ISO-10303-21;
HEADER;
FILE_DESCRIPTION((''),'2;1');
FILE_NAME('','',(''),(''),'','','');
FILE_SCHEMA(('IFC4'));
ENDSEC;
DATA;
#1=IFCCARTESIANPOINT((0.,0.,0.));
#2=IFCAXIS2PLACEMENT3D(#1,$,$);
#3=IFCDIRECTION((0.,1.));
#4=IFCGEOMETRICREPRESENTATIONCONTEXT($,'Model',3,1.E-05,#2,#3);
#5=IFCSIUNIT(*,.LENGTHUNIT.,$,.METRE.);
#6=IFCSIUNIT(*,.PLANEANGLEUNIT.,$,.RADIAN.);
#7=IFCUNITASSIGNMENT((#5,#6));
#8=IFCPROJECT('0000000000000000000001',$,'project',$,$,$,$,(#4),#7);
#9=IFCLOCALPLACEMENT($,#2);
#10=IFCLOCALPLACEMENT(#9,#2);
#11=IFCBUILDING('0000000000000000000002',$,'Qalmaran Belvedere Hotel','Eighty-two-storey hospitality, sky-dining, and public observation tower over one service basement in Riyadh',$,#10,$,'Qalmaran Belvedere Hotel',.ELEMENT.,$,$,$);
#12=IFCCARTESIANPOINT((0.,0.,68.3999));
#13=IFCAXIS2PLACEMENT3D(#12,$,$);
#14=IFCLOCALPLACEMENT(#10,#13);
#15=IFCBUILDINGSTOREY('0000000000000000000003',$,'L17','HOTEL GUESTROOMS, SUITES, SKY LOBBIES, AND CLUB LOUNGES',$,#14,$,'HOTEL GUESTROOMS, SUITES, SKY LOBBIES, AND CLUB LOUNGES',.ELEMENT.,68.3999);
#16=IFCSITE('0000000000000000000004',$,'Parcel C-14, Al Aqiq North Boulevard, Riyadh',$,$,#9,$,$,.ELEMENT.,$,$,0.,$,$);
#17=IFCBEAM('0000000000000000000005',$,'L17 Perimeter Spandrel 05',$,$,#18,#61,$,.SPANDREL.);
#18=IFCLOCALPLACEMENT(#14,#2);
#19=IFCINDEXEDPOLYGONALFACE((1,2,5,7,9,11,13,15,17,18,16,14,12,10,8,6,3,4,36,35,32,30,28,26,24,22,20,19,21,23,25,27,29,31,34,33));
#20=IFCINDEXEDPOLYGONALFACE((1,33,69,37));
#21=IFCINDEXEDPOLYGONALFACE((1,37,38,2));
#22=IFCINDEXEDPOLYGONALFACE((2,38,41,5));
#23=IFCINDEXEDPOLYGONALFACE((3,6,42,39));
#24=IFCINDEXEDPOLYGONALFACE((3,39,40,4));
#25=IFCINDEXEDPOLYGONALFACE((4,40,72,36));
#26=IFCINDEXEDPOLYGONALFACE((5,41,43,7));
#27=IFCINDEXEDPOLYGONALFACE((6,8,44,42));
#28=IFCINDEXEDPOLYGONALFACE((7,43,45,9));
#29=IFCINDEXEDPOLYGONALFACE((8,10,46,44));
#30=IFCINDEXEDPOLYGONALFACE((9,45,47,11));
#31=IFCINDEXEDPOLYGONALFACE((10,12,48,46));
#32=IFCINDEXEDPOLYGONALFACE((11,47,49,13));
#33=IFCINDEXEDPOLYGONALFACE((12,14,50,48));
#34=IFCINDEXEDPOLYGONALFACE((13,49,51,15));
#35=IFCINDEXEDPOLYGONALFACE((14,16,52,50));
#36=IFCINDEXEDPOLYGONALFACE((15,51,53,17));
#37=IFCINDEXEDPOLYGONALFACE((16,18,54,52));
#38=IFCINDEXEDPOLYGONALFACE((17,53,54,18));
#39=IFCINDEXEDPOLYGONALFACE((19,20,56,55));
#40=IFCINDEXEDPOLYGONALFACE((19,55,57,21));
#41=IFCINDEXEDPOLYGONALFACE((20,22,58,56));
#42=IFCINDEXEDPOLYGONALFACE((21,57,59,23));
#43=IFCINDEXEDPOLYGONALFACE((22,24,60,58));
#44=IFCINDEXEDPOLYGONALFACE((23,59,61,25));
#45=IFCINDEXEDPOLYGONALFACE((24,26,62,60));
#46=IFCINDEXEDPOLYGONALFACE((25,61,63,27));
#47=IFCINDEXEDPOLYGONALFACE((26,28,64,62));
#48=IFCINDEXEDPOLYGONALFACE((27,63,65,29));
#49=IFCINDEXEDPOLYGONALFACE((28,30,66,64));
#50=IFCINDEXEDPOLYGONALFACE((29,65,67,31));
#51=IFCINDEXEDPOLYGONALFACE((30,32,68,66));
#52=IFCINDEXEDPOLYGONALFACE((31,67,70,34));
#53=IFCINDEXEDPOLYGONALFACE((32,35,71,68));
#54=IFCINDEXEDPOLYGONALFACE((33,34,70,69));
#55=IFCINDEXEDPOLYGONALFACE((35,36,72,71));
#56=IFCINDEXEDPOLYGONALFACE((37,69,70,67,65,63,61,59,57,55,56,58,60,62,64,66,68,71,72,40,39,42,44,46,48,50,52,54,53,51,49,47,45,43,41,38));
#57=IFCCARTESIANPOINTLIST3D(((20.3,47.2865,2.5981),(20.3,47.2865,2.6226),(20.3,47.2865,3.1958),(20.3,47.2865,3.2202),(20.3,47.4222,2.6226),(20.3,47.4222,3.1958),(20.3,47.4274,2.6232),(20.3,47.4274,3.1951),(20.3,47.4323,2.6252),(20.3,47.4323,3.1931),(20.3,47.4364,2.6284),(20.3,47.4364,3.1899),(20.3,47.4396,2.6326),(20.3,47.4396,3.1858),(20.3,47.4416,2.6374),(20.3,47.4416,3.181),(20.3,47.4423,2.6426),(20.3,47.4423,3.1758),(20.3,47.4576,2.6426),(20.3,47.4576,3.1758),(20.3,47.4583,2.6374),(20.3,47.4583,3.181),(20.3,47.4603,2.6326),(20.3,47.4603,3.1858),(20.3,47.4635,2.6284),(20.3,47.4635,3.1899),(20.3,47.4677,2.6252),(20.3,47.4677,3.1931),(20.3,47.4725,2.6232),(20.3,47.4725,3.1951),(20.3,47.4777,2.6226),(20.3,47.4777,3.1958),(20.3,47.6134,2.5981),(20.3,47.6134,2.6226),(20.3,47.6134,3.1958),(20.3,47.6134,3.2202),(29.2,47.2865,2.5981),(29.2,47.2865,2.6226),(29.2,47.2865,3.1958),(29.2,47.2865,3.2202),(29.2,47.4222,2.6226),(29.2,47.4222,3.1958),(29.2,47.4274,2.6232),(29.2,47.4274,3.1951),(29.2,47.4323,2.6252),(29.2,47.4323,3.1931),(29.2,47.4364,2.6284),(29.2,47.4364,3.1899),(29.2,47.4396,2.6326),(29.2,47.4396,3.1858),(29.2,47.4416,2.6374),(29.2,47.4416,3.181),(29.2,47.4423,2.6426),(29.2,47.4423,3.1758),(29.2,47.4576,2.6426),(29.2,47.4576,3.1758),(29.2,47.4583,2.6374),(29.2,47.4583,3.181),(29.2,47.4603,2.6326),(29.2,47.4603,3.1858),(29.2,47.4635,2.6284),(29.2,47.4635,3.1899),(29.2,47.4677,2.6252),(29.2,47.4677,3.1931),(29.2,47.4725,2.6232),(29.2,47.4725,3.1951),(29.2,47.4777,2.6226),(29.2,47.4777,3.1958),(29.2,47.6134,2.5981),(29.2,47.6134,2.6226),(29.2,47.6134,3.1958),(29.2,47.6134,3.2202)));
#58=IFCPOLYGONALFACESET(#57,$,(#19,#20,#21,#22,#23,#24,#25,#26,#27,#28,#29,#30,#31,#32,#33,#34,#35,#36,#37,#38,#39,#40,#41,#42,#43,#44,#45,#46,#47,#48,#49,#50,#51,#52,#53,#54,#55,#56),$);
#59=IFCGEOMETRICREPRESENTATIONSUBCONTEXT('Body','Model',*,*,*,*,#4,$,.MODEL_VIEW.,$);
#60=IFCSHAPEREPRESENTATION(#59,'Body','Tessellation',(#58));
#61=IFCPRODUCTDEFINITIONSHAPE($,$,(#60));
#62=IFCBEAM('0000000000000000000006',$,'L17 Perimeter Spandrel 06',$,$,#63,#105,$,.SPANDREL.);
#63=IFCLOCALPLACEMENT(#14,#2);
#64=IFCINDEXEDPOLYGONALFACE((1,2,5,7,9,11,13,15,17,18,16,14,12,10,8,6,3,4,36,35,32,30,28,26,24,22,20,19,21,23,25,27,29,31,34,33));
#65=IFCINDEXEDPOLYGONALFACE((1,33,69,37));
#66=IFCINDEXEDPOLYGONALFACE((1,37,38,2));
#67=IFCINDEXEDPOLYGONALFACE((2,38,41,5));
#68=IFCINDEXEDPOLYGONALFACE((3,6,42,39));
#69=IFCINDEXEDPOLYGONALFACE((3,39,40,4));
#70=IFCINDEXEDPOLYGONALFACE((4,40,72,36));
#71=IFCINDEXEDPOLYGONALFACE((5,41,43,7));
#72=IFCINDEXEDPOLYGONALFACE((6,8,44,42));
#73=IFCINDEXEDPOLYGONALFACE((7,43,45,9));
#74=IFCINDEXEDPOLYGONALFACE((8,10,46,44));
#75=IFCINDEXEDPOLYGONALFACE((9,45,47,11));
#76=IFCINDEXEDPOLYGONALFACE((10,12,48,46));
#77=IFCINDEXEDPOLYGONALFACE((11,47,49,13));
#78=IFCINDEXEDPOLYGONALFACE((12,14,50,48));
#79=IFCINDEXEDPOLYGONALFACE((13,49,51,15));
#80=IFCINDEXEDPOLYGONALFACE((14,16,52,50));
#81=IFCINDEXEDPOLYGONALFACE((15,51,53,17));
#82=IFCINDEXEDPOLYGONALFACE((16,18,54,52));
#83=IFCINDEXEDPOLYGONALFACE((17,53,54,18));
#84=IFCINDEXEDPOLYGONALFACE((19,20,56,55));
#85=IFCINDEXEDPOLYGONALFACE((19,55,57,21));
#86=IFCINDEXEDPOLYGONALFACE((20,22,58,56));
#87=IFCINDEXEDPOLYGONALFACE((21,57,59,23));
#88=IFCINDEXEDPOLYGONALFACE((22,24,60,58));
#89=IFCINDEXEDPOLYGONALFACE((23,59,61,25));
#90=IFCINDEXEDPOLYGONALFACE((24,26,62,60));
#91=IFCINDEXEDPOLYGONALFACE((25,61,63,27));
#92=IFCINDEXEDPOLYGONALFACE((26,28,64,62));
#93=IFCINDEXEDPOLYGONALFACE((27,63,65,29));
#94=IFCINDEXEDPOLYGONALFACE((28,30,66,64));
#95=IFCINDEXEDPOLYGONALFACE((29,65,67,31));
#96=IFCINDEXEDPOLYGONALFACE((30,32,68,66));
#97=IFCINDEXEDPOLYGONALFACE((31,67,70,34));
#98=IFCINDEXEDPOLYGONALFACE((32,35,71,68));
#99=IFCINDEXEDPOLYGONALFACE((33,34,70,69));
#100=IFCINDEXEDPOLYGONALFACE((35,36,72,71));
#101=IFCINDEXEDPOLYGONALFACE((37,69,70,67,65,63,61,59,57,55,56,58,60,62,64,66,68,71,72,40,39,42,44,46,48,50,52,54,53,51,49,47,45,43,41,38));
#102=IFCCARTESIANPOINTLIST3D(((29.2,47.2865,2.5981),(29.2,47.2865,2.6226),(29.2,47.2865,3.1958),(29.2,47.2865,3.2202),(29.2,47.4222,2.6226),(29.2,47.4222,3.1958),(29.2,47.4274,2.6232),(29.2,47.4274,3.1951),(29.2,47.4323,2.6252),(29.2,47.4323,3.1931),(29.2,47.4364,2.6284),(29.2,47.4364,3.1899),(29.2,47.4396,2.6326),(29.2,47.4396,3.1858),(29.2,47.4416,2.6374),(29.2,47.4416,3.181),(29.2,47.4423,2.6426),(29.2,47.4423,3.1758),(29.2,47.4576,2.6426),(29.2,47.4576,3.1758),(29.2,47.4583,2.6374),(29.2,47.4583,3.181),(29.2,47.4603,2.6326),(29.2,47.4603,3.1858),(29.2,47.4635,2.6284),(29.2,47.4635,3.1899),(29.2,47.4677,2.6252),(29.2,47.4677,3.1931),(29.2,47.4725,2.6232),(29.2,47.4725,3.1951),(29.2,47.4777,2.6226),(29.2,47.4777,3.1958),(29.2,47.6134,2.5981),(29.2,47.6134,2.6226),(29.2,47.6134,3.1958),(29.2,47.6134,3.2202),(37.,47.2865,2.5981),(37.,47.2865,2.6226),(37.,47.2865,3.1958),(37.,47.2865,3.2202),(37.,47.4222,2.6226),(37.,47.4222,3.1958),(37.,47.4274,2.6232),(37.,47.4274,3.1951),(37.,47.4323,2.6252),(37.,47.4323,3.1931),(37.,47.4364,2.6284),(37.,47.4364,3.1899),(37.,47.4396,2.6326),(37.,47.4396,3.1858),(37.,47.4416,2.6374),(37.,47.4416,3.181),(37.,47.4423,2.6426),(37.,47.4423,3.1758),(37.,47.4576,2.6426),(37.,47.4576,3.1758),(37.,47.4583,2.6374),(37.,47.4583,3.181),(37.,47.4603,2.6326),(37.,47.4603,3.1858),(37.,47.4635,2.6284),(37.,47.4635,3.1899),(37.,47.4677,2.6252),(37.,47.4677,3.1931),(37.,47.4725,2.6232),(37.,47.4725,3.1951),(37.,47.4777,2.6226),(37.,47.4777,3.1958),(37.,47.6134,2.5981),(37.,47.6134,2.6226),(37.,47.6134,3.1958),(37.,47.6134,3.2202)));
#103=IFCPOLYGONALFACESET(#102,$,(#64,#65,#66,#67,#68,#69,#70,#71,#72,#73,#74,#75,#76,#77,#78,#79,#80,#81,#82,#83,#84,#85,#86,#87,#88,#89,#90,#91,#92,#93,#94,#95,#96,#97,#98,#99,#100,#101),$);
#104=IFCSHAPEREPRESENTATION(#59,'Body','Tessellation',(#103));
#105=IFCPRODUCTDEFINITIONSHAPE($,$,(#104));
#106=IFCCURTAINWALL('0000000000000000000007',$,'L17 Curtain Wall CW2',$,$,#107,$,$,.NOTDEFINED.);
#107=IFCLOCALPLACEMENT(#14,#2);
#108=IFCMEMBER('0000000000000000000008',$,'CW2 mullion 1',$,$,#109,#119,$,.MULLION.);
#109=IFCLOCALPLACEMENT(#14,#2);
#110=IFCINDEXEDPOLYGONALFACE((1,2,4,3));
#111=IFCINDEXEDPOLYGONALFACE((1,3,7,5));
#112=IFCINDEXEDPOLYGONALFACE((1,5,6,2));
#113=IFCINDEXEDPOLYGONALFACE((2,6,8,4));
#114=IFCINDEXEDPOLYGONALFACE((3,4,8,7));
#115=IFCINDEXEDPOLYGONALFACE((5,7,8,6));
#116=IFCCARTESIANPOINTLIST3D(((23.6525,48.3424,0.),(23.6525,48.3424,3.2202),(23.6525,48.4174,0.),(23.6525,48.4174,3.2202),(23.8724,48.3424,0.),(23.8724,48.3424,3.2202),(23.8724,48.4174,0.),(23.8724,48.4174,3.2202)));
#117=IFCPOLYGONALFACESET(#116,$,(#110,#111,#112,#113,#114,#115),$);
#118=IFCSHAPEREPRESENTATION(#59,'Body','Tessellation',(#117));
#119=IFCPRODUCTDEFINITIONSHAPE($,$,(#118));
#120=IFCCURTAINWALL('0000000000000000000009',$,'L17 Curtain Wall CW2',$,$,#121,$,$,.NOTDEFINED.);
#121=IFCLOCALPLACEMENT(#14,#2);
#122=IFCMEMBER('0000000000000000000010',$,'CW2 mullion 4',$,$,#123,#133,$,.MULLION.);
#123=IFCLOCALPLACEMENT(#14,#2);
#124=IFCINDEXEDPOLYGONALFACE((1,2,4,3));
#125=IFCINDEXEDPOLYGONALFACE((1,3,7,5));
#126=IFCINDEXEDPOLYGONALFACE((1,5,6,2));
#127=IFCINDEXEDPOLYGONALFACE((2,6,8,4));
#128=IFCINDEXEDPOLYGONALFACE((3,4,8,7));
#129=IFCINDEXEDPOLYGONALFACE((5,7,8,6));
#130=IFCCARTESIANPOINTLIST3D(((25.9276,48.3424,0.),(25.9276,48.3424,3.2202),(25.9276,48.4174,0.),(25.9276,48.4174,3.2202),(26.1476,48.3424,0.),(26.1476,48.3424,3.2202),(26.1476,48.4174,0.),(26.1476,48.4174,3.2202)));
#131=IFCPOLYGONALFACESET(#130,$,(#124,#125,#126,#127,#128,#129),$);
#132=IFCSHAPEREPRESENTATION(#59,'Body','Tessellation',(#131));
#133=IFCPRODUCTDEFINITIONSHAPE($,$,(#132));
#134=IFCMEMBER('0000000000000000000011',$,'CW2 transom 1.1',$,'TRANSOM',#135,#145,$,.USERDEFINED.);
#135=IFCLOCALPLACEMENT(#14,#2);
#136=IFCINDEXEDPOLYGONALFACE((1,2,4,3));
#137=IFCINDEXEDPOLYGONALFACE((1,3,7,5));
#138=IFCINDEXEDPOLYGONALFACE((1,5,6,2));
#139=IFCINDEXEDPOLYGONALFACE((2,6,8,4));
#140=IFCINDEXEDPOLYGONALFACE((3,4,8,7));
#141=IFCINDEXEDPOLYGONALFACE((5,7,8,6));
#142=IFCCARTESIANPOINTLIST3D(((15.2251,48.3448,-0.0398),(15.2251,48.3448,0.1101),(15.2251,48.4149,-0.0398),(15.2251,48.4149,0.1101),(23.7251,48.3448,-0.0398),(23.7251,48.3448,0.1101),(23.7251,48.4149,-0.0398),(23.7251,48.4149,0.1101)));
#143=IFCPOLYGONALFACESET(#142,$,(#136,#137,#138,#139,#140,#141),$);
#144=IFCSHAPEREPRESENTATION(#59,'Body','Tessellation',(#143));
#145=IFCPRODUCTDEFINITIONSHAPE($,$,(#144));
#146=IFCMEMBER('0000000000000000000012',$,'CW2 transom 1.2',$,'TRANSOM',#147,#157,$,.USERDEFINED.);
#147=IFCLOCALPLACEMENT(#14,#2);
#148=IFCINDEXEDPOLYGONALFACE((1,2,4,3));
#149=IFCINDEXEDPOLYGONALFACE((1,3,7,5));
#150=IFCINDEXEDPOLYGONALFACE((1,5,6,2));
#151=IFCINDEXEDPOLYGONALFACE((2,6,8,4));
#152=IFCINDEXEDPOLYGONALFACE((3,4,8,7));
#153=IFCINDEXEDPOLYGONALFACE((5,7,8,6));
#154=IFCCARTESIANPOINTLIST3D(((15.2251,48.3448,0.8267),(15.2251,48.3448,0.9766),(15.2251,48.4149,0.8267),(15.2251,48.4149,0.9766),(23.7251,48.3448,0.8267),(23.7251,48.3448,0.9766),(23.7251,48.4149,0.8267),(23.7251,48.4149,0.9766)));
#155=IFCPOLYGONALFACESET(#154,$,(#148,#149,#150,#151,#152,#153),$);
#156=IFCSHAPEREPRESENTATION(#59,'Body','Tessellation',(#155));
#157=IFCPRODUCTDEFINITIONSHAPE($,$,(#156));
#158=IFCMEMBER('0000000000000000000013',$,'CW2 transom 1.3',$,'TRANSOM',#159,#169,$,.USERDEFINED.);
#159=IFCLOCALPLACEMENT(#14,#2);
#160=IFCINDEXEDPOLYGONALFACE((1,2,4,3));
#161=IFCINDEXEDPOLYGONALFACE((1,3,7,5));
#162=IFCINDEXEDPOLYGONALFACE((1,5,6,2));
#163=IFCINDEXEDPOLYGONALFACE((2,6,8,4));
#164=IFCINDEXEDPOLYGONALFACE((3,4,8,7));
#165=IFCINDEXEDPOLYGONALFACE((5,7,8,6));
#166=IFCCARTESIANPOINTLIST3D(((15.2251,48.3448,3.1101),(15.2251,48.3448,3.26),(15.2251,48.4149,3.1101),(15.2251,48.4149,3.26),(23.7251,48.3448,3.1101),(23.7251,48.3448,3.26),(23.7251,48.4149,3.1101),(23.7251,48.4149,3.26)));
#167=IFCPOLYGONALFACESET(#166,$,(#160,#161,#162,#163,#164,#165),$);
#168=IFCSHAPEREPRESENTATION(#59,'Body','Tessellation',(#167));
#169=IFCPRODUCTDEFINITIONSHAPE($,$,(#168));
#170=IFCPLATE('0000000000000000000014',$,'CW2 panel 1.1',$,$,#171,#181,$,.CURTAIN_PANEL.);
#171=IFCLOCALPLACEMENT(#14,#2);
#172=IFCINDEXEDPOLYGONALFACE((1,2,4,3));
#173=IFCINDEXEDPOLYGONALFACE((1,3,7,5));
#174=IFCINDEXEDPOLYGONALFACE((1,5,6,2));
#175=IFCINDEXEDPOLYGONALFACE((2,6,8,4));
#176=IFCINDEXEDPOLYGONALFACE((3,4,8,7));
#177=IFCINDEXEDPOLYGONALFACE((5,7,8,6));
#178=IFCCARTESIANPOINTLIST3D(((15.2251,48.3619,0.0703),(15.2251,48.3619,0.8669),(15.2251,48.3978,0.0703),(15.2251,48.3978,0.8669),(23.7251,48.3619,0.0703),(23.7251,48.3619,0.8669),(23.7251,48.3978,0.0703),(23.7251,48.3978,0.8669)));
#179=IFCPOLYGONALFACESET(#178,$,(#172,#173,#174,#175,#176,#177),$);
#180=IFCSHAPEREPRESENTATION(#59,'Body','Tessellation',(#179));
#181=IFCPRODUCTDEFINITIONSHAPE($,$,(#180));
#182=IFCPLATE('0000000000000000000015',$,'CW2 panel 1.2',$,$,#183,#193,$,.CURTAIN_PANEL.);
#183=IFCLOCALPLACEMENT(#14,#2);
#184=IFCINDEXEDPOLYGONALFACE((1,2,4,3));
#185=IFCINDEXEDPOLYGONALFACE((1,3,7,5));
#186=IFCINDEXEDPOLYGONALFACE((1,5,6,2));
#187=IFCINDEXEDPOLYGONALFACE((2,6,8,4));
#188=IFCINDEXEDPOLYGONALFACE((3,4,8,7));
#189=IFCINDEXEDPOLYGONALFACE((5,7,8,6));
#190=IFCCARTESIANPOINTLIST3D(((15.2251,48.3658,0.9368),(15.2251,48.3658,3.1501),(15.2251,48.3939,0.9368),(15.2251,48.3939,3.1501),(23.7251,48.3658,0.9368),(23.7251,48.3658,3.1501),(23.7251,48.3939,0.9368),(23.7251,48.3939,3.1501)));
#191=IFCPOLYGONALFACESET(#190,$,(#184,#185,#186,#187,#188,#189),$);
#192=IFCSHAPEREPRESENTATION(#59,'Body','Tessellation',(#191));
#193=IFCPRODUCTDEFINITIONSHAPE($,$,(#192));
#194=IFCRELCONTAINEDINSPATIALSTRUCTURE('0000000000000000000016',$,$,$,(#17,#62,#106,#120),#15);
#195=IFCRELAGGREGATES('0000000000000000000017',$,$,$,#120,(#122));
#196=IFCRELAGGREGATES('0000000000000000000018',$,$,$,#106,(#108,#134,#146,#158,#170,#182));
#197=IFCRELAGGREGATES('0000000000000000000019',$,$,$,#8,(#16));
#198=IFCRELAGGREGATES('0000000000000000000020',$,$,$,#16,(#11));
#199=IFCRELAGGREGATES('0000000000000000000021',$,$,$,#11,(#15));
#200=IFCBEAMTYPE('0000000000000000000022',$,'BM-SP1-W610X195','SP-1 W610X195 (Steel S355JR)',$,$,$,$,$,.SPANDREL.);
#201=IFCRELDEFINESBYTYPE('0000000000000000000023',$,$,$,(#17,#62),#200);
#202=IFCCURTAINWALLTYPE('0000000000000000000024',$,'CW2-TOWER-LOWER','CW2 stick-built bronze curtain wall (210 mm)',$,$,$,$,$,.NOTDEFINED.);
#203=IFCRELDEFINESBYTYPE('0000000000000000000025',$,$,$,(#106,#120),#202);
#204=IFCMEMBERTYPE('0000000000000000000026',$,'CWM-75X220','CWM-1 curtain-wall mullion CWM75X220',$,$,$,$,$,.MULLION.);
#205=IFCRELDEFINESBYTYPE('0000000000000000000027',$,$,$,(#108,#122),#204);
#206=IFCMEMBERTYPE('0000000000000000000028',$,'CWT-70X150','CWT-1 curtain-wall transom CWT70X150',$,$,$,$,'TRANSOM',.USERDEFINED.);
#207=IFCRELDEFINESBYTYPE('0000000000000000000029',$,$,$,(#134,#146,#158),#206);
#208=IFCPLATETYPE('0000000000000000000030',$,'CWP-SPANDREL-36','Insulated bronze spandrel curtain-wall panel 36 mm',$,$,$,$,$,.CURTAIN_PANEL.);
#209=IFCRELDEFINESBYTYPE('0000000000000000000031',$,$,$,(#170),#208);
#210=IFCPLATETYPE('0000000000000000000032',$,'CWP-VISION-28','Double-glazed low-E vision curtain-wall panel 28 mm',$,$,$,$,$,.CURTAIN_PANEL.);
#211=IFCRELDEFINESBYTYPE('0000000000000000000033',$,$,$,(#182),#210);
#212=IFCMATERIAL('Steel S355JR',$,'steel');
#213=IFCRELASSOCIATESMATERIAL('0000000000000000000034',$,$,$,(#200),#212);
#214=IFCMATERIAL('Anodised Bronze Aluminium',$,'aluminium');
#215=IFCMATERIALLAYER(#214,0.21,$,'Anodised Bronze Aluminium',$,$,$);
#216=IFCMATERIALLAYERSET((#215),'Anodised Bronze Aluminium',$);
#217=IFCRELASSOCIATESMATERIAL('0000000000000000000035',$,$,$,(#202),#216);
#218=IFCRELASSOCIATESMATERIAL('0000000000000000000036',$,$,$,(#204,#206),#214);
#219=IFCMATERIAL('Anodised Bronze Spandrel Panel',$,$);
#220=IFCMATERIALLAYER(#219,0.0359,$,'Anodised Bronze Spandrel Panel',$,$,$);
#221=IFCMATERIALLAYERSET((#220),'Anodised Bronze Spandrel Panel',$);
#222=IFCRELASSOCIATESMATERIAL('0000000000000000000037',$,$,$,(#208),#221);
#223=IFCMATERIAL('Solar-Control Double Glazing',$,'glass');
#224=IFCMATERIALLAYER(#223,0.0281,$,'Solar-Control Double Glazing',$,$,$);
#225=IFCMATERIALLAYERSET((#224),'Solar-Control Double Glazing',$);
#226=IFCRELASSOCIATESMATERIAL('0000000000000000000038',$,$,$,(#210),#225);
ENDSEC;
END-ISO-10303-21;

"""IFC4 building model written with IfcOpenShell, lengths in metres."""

from ifc_helpers import new_model, si_unit, direction, frame, origin, origin_2d, place, context, subcontext, project, spatial, rectangle, i_section, extrude, material, layer, layer_set, material_profile, profile_set, type_object, element, aggregate, save


model = new_model("IFC4")

# Units and contexts
model_context = context("Model", 3, precision=1e-05, world=origin(), true_north=direction((0.0, 1.0)))
body_context = subcontext(model_context, "Body", "Model", "MODEL_VIEW")
ifc_project = project(units=[si_unit("LENGTHUNIT", "METRE"), si_unit("PLANEANGLEUNIT", "RADIAN")], contexts=[model_context])

# Site, building, storey
site_placement = place(None, origin())
site = spatial("IfcSite", under=ifc_project, at=site_placement, Name="Parcel C-14, Al Aqiq North Boulevard, Riyadh", CompositionType="ELEMENT", RefElevation=0.0)
building_placement = place(site_placement, origin())
building = spatial("IfcBuilding", under=site, at=building_placement, Name="Qalmaran Belvedere Hotel", Description="Eighty-two-storey hospitality, sky-dining, and public observation tower over one service basement in Riyadh", LongName="Qalmaran Belvedere Hotel", CompositionType="ELEMENT")
storey_placement = place(building_placement, frame((0.0, 0.0, 68.3999)))
storey = spatial("IfcBuildingStorey", under=building, at=storey_placement, Name="L17", Description="HOTEL GUESTROOMS, SUITES, SKY LOBBIES, AND CLUB LOUNGES", LongName="HOTEL GUESTROOMS, SUITES, SKY LOBBIES, AND CLUB LOUNGES", CompositionType="ELEMENT", Elevation=68.3999)

# Beams
ifc_material_1 = material(Name="Steel S355JR", Category="steel")
ifc_material_profile_1 = material_profile(ifc_material_1, i_section(OverallWidth=0.3269, OverallDepth=0.6221, WebThickness=0.0154, FlangeThickness=0.0244, FilletRadius=0.02, at=origin_2d()), Name="W610X195")
ifc_profile_set_1 = profile_set([ifc_material_profile_1], Name="Steel S355JR")
beam_type_1 = type_object("IfcBeamType", Name="BM-SP1-W610X195", Description="SP-1 W610X195 (Steel S355JR)", PredefinedType="SPANDREL", material=ifc_profile_set_1)
beam_1_placement = place(storey_placement, frame((20.3, 47.45, 2.9092), z_axis=(1.0, 0.0, 0.0), x_axis=(0.0, 1.0, 0.0)))
element("IfcBeam", 1, at=beam_1_placement, inside=storey, type_object=beam_type_1, Name="L17 Perimeter Spandrel 05", PredefinedType="SPANDREL", context=body_context, shape_type="SweptSolid", body=[
    extrude(i_section(OverallWidth=0.3269, OverallDepth=0.6221, WebThickness=0.0154, FlangeThickness=0.0244, FilletRadius=0.02, at=origin_2d()), origin(), (0.0, 0.0, 1.0), 8.8999),
])
beam_2_placement = place(storey_placement, frame((29.2, 47.45, 2.9092), z_axis=(1.0, 0.0, 0.0), x_axis=(0.0, 1.0, 0.0)))
element("IfcBeam", 2, at=beam_2_placement, inside=storey, type_object=beam_type_1, Name="L17 Perimeter Spandrel 06", PredefinedType="SPANDREL", context=body_context, shape_type="SweptSolid", body=[
    extrude(i_section(OverallWidth=0.3269, OverallDepth=0.6221, WebThickness=0.0154, FlangeThickness=0.0244, FilletRadius=0.02, at=origin_2d()), origin(), (0.0, 0.0, 1.0), 7.8),
])

# Curtain walls, members
ifc_material_2 = material(Name="Anodised Bronze Aluminium", Category="aluminium")
ifc_layer_1 = layer(ifc_material_2, 0.21, Name="Anodised Bronze Aluminium")
ifc_layer_set_1 = layer_set([ifc_layer_1], Name="Anodised Bronze Aluminium")
curtain_wall_type = type_object("IfcCurtainWallType", Name="CW2-TOWER-LOWER", Description="CW2 stick-built bronze curtain wall (210 mm)", PredefinedType="NOTDEFINED", material=ifc_layer_set_1)
curtain_wall_1_placement = place(storey_placement, origin())
curtain_wall_1 = element("IfcCurtainWall", 3, at=curtain_wall_1_placement, inside=storey, type_object=curtain_wall_type, Name="L17 Curtain Wall CW2", PredefinedType="NOTDEFINED")
ifc_material_profile_2 = material_profile(ifc_material_2, rectangle(XDim=0.075, YDim=0.22, at=origin_2d()), Name="CWM75X220")
ifc_profile_set_2 = profile_set([ifc_material_profile_2], Name="Anodised Bronze Aluminium")
member_type_1 = type_object("IfcMemberType", Name="CWM-75X220", Description="CWM-1 curtain-wall mullion CWM75X220", PredefinedType="MULLION", material=ifc_profile_set_2)
member_1_placement = place(storey_placement, frame((23.7625, 48.3799, 0.0), z_axis=(0.0, 0.0, 1.0), x_axis=(0.0, -1.0, 0.0)))
member_1 = element("IfcMember", 4, at=member_1_placement, type_object=member_type_1, Name="CW2 mullion 1", PredefinedType="MULLION", context=body_context, shape_type="SweptSolid", body=[
    extrude(rectangle(XDim=0.075, YDim=0.22, at=origin_2d()), origin(), (0.0, 0.0, 1.0), 3.2202),
])
curtain_wall_2_placement = place(storey_placement, origin())
curtain_wall_2 = element("IfcCurtainWall", 5, at=curtain_wall_2_placement, inside=storey, type_object=curtain_wall_type, Name="L17 Curtain Wall CW2", PredefinedType="NOTDEFINED")
member_2_placement = place(storey_placement, frame((26.0376, 48.3799, 0.0), z_axis=(0.0, 0.0, 1.0), x_axis=(0.0, -1.0, 0.0)))
member_2 = element("IfcMember", 6, at=member_2_placement, type_object=member_type_1, Name="CW2 mullion 4", PredefinedType="MULLION", context=body_context, shape_type="SweptSolid", body=[
    extrude(rectangle(XDim=0.075, YDim=0.22, at=origin_2d()), origin(), (0.0, 0.0, 1.0), 3.2202),
])
aggregate(curtain_wall_2, [member_2])

# Members
ifc_material_profile_3 = material_profile(ifc_material_2, rectangle(XDim=0.0701, YDim=0.1499, at=origin_2d()), Name="CWT70X150")
ifc_profile_set_3 = profile_set([ifc_material_profile_3], Name="Anodised Bronze Aluminium")
member_type_2 = type_object("IfcMemberType", Name="CWT-70X150", Description="CWT-1 curtain-wall transom CWT70X150", ElementType="TRANSOM", PredefinedType="USERDEFINED", material=ifc_profile_set_3)
member_3_placement = place(storey_placement, frame((23.7251, 48.3799, 0.0352), z_axis=(-1.0, 0.0, 0.0), x_axis=(0.0, -1.0, 0.0)))
member_3 = element("IfcMember", 7, at=member_3_placement, type_object=member_type_2, Name="CW2 transom 1.1", ObjectType="TRANSOM", PredefinedType="USERDEFINED", context=body_context, shape_type="SweptSolid", body=[
    extrude(rectangle(XDim=0.0701, YDim=0.1499, at=origin_2d()), origin(), (0.0, 0.0, 1.0), 8.5),
])
member_4_placement = place(storey_placement, frame((23.7251, 48.3799, 0.9016), z_axis=(-1.0, 0.0, 0.0), x_axis=(0.0, -1.0, 0.0)))
member_4 = element("IfcMember", 8, at=member_4_placement, type_object=member_type_2, Name="CW2 transom 1.2", ObjectType="TRANSOM", PredefinedType="USERDEFINED", context=body_context, shape_type="SweptSolid", body=[
    extrude(rectangle(XDim=0.0701, YDim=0.1499, at=origin_2d()), origin(), (0.0, 0.0, 1.0), 8.5),
])
member_5_placement = place(storey_placement, frame((23.7251, 48.3799, 3.1851), z_axis=(-1.0, 0.0, 0.0), x_axis=(0.0, -1.0, 0.0)))
member_5 = element("IfcMember", 9, at=member_5_placement, type_object=member_type_2, Name="CW2 transom 1.3", ObjectType="TRANSOM", PredefinedType="USERDEFINED", context=body_context, shape_type="SweptSolid", body=[
    extrude(rectangle(XDim=0.0701, YDim=0.1499, at=origin_2d()), origin(), (0.0, 0.0, 1.0), 8.5),
])

# Plates
ifc_material_3 = material(Name="Anodised Bronze Spandrel Panel")
ifc_layer_2 = layer(ifc_material_3, 0.0359, Name="Anodised Bronze Spandrel Panel")
ifc_layer_set_2 = layer_set([ifc_layer_2], Name="Anodised Bronze Spandrel Panel")
plate_type_1 = type_object("IfcPlateType", Name="CWP-SPANDREL-36", Description="Insulated bronze spandrel curtain-wall panel 36 mm", PredefinedType="CURTAIN_PANEL", material=ifc_layer_set_2)
plate_1_placement = place(storey_placement, frame((19.4751, 48.3799, 0.0703), z_axis=(0.0, 0.0, 1.0), x_axis=(-1.0, 0.0, 0.0)))
plate_1 = element("IfcPlate", 10, at=plate_1_placement, type_object=plate_type_1, Name="CW2 panel 1.1", PredefinedType="CURTAIN_PANEL", context=body_context, shape_type="SweptSolid", body=[
    extrude(rectangle(XDim=8.5, YDim=0.0359, at=origin_2d()), origin(), (0.0, 0.0, 1.0), 0.7966),
])
ifc_material_4 = material(Name="Solar-Control Double Glazing", Category="glass")
ifc_layer_3 = layer(ifc_material_4, 0.0281, Name="Solar-Control Double Glazing")
ifc_layer_set_3 = layer_set([ifc_layer_3], Name="Solar-Control Double Glazing")
plate_type_2 = type_object("IfcPlateType", Name="CWP-VISION-28", Description="Double-glazed low-E vision curtain-wall panel 28 mm", PredefinedType="CURTAIN_PANEL", material=ifc_layer_set_3)
plate_2_placement = place(storey_placement, frame((19.4751, 48.3799, 0.9368), z_axis=(0.0, 0.0, 1.0), x_axis=(-1.0, 0.0, 0.0)))
plate_2 = element("IfcPlate", 11, at=plate_2_placement, type_object=plate_type_2, Name="CW2 panel 1.2", PredefinedType="CURTAIN_PANEL", context=body_context, shape_type="SweptSolid", body=[
    extrude(rectangle(XDim=8.5, YDim=0.0281, at=origin_2d()), origin(), (0.0, 0.0, 1.0), 2.2134),
])
aggregate(curtain_wall_1, [member_1, member_3, member_4, member_5, plate_1, plate_2])

save(model, "model.ifc")
